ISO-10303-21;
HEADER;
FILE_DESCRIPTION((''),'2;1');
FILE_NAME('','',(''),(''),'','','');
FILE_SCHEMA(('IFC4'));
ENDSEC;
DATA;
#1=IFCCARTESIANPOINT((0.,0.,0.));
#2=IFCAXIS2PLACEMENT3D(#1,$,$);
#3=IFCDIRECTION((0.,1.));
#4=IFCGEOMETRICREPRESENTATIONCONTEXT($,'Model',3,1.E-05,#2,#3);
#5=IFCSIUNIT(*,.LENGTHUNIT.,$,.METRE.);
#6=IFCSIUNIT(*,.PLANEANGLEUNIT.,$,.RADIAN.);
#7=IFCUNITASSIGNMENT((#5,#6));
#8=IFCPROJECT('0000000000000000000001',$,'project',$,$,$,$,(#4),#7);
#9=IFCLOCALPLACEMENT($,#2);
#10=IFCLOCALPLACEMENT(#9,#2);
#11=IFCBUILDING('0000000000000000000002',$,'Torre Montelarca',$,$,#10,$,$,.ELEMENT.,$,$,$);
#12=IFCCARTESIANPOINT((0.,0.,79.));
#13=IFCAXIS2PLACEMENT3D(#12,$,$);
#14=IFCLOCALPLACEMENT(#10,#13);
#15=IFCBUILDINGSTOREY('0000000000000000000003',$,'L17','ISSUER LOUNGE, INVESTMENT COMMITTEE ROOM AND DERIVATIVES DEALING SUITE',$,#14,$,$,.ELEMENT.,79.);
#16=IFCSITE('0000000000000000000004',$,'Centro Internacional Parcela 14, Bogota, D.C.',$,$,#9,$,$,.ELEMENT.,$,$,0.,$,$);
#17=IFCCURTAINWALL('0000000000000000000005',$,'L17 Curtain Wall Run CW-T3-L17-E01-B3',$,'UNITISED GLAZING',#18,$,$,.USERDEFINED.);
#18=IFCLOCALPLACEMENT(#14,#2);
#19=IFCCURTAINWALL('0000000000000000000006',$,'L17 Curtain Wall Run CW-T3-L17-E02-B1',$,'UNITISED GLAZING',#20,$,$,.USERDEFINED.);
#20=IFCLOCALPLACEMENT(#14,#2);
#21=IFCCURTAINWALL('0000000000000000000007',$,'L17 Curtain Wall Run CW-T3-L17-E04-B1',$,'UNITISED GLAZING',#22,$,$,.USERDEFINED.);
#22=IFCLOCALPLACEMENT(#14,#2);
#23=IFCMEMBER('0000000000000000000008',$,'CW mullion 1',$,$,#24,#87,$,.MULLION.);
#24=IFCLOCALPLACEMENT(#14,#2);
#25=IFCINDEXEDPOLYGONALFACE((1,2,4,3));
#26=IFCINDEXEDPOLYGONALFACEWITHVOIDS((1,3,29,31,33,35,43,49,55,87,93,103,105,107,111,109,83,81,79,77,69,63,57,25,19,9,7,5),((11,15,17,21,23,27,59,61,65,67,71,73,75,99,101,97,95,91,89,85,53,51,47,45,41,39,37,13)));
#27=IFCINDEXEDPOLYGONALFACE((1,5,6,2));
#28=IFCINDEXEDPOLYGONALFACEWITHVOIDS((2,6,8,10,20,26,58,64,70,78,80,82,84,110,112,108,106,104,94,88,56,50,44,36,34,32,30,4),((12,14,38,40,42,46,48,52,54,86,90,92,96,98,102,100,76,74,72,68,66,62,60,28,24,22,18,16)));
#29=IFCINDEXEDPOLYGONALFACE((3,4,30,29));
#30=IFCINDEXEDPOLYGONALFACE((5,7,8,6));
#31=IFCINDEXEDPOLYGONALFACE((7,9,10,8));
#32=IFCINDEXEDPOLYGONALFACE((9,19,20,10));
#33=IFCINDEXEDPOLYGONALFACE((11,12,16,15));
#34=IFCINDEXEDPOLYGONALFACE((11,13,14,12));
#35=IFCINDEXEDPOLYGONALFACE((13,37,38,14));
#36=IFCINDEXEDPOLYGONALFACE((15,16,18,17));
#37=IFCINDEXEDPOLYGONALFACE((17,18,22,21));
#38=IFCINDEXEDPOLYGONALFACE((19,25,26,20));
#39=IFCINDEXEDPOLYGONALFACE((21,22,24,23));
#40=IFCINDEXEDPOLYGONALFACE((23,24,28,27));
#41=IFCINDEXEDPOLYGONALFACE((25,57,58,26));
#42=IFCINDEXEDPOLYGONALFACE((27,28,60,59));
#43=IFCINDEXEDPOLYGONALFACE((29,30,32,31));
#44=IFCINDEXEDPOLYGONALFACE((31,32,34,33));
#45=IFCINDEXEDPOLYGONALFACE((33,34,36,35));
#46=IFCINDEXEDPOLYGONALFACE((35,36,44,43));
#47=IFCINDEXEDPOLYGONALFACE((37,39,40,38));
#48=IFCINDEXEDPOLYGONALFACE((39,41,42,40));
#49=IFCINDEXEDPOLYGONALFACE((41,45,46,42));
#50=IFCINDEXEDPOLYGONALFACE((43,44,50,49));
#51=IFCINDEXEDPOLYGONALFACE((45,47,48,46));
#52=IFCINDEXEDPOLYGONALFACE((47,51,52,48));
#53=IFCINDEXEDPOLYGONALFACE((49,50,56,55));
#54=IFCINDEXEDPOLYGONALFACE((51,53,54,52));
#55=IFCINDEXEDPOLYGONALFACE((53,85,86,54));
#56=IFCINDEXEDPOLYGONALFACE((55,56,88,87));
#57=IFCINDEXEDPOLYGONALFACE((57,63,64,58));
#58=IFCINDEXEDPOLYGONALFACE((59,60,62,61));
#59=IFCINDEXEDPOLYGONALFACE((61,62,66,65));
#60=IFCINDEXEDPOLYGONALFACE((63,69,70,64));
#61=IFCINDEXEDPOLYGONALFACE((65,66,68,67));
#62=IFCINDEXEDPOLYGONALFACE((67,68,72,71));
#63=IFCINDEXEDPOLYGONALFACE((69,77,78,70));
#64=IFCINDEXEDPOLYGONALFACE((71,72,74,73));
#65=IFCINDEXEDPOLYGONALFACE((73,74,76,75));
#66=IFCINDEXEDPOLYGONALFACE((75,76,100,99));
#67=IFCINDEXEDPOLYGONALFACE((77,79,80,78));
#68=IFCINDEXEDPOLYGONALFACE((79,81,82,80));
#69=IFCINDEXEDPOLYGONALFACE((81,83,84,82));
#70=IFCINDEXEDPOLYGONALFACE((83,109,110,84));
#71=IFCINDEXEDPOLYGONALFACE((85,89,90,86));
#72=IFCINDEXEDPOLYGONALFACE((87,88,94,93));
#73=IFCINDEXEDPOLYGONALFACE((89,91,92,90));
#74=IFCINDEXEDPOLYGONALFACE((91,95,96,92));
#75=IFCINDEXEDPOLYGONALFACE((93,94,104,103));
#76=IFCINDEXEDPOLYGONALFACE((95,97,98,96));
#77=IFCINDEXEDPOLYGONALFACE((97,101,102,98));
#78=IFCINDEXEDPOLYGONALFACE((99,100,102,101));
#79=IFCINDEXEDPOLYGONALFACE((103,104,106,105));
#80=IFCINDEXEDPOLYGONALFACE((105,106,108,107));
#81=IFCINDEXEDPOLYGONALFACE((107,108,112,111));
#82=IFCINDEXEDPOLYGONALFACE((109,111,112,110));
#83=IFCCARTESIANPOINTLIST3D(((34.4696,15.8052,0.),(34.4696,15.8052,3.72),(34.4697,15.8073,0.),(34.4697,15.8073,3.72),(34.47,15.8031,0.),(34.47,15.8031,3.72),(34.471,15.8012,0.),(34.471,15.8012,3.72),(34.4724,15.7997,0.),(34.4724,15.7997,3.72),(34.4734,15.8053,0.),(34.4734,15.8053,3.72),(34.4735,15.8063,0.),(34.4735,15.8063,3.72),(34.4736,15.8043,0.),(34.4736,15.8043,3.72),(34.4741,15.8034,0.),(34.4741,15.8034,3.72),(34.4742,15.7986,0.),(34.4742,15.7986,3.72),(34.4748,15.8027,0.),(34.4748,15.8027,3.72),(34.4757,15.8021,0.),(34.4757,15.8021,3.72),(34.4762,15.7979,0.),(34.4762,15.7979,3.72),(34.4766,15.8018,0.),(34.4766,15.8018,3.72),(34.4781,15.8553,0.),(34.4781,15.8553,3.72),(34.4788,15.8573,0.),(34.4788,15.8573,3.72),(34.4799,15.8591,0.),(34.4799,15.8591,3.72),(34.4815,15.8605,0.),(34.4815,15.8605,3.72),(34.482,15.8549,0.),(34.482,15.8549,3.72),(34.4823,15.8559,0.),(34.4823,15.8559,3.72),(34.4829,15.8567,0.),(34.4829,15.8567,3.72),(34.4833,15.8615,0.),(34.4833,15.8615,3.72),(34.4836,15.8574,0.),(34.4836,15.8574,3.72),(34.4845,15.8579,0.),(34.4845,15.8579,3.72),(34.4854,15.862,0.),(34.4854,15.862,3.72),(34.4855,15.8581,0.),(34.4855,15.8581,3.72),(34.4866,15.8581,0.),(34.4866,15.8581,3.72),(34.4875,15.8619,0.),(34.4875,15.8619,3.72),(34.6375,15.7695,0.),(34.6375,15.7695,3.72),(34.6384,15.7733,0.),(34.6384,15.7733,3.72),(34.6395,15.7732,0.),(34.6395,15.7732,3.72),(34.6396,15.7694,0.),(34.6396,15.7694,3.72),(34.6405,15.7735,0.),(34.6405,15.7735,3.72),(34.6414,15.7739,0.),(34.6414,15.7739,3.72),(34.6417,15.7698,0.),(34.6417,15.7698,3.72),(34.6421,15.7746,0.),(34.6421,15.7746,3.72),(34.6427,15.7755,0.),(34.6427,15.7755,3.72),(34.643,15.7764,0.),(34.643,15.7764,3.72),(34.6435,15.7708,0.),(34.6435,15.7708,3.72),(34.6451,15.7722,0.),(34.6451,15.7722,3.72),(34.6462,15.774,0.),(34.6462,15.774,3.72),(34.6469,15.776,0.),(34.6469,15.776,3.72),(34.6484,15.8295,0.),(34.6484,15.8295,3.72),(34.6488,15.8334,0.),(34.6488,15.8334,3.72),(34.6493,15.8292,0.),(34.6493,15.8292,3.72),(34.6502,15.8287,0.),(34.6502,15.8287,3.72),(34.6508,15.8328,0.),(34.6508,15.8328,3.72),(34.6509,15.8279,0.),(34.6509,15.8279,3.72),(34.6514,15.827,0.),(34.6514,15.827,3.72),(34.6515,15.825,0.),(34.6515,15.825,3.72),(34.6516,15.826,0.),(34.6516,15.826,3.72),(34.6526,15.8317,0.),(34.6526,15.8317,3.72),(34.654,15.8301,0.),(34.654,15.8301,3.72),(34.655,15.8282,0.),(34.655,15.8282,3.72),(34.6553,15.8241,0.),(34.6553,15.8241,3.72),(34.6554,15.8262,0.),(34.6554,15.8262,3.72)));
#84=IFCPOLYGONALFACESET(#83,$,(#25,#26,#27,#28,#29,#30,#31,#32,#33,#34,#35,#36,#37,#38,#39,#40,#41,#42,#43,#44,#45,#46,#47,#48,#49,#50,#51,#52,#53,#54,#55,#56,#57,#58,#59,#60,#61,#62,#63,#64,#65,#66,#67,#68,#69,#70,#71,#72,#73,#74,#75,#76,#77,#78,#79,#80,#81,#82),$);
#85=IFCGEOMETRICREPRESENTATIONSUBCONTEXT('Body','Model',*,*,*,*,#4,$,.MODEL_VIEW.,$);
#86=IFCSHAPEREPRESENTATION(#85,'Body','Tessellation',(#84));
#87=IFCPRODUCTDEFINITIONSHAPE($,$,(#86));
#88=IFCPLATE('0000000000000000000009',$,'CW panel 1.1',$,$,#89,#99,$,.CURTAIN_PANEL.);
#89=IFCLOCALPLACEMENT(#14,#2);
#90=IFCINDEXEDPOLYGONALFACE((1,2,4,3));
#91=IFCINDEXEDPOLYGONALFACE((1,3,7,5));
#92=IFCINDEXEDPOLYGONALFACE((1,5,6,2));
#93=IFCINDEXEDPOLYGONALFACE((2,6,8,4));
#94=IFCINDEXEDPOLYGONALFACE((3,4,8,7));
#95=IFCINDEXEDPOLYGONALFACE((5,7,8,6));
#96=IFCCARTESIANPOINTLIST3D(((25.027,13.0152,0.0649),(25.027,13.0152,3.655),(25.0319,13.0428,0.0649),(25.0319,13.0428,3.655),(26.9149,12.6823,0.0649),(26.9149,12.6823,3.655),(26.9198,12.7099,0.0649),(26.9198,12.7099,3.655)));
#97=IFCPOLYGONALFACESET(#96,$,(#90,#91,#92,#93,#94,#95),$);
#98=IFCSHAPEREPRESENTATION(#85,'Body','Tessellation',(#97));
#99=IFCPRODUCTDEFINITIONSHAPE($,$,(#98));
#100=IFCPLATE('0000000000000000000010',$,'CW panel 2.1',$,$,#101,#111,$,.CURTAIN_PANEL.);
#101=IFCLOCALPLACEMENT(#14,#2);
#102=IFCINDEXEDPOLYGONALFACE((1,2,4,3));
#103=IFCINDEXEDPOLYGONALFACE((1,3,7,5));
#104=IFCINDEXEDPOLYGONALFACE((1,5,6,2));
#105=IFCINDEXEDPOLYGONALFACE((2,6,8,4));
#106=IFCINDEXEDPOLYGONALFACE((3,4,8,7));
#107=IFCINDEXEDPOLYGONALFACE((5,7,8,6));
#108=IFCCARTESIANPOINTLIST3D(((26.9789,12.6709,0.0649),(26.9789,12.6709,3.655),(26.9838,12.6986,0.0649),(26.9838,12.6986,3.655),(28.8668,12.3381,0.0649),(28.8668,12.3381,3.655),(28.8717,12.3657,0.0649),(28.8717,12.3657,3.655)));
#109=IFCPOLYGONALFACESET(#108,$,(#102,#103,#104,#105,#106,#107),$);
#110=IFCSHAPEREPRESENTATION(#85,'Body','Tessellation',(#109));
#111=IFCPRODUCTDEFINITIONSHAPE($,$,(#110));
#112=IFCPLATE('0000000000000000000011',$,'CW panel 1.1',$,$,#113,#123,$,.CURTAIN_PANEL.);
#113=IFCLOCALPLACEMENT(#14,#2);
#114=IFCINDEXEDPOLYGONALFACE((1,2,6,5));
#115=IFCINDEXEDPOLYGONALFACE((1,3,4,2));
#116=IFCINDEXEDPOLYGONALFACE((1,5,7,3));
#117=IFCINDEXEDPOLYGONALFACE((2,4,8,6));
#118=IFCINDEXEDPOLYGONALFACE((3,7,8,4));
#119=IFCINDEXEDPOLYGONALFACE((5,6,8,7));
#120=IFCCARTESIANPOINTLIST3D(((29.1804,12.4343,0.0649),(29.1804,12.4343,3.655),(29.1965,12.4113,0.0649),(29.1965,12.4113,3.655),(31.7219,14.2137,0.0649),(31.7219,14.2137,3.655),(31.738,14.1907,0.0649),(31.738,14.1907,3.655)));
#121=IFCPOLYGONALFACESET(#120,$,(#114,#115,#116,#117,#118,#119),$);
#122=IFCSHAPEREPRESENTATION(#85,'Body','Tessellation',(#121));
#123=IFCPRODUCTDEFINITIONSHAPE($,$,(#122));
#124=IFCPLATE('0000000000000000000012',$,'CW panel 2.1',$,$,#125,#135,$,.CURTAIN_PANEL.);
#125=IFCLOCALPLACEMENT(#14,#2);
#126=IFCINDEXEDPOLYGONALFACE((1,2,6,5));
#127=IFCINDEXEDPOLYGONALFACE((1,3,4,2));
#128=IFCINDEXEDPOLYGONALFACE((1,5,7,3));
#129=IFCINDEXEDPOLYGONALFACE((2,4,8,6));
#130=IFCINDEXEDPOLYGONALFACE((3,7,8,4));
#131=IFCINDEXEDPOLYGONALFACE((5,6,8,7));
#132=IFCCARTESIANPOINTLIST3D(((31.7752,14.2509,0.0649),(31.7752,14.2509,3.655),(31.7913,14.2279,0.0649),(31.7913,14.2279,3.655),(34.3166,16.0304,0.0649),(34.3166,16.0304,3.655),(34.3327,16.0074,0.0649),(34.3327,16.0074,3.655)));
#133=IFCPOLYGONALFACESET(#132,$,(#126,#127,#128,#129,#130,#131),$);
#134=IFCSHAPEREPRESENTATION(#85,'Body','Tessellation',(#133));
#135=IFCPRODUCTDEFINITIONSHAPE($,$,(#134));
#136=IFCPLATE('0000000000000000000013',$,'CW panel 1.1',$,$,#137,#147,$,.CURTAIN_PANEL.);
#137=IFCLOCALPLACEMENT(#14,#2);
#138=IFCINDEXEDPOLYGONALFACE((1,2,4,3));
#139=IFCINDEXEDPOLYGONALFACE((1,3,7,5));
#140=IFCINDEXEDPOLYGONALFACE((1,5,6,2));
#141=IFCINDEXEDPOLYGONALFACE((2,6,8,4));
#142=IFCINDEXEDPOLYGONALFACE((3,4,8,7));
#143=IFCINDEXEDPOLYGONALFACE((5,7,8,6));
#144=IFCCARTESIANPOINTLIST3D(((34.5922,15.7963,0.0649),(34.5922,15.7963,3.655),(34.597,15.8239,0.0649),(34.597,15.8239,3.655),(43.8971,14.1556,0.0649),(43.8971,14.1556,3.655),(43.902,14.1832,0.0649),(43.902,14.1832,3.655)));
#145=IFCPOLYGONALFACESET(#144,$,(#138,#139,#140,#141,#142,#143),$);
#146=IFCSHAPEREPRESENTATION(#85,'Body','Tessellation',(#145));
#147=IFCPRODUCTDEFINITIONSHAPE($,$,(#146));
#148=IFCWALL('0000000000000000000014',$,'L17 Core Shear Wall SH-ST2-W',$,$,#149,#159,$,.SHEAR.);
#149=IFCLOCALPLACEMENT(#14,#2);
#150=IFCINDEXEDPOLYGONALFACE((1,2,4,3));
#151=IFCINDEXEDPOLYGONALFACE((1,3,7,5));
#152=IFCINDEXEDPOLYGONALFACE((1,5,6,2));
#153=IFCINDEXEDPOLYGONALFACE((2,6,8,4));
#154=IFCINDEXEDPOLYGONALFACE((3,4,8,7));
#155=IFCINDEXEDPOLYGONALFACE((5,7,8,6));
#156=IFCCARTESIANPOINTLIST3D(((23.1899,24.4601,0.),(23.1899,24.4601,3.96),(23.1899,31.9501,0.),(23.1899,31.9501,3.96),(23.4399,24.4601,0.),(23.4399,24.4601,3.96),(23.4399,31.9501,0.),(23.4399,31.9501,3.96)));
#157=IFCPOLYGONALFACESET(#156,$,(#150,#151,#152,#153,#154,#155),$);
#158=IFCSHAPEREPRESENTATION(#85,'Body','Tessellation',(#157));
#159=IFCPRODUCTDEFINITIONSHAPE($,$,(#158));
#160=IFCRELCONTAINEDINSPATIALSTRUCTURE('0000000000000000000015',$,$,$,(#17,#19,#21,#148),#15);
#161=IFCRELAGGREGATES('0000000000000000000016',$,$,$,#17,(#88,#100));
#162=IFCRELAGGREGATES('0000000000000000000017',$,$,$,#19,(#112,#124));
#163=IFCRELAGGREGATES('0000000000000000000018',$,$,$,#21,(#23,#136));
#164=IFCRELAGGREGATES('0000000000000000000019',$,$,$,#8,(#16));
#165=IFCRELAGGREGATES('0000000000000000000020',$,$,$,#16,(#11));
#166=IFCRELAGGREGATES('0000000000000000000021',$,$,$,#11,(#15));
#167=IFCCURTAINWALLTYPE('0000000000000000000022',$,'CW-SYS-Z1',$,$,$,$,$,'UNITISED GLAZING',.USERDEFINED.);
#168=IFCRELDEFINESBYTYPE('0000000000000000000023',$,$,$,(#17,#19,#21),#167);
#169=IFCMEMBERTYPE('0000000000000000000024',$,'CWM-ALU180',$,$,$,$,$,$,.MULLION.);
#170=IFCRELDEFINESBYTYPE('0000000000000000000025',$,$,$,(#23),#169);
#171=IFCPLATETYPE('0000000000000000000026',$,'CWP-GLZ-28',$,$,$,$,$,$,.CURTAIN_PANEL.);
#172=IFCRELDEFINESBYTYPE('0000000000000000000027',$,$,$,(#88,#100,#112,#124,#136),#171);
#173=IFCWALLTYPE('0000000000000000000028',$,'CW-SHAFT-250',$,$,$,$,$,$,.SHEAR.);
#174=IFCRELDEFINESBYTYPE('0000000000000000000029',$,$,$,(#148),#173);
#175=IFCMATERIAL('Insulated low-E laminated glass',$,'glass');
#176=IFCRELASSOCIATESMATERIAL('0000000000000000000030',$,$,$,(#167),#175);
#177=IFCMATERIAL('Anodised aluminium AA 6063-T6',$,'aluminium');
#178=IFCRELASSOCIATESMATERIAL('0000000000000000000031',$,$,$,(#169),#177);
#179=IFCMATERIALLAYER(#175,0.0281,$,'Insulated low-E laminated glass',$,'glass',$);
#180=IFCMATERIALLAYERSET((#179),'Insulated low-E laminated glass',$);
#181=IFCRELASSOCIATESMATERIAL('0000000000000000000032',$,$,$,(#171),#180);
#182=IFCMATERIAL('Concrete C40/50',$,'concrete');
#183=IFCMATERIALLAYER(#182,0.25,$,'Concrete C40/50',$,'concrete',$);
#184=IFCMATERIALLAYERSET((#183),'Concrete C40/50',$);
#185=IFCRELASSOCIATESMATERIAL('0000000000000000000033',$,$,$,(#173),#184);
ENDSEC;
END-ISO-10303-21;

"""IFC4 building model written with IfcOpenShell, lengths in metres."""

from ifc_helpers import new_model, si_unit, direction, frame, frame_2d, origin, origin_2d, place, context, subcontext, project, spatial, rectangle, hollow_rectangle, extrude, source, transform, mapped, material, layer, layer_set, material_profile, profile_set, type_object, element, aggregate, save


model = new_model("IFC4")

# Units and contexts
model_context = context("Model", 3, precision=1e-05, world=origin(), true_north=direction((0.0, 1.0)))
body_context = subcontext(model_context, "Body", "Model", "MODEL_VIEW")
ifc_project = project(units=[si_unit("LENGTHUNIT", "METRE"), si_unit("PLANEANGLEUNIT", "RADIAN")], contexts=[model_context])

# Site, building, storey
site_placement = place(None, origin())
site = spatial("IfcSite", under=ifc_project, at=site_placement, Name="Centro Internacional Parcela 14, Bogota, D.C.", CompositionType="ELEMENT", RefElevation=0.0)
building_placement = place(site_placement, origin())
building = spatial("IfcBuilding", under=site, at=building_placement, Name="Torre Montelarca", CompositionType="ELEMENT")
storey_placement = place(building_placement, frame((0.0, 0.0, 79.0)))
storey = spatial("IfcBuildingStorey", under=building, at=storey_placement, Name="L17", Description="ISSUER LOUNGE, INVESTMENT COMMITTEE ROOM AND DERIVATIVES DEALING SUITE", CompositionType="ELEMENT", Elevation=79.0)

# Curtain walls
ifc_material_1 = material(Name="Insulated low-E laminated glass", Category="glass")
curtain_wall_type = type_object("IfcCurtainWallType", Name="CW-SYS-Z1", ElementType="UNITISED GLAZING", PredefinedType="USERDEFINED", material=ifc_material_1)
curtain_wall_1_placement = place(storey_placement, origin())
curtain_wall_1 = element("IfcCurtainWall", 1, at=curtain_wall_1_placement, inside=storey, type_object=curtain_wall_type, Name="L17 Curtain Wall Run CW-T3-L17-E01-B3", ObjectType="UNITISED GLAZING", PredefinedType="USERDEFINED")
ifc_material_2 = material(Name="Anodised aluminium AA 6063-T6", Category="aluminium")
curtain_wall_2_placement = place(storey_placement, origin())
curtain_wall_2 = element("IfcCurtainWall", 2, at=curtain_wall_2_placement, inside=storey, type_object=curtain_wall_type, Name="L17 Curtain Wall Run CW-T3-L17-E02-B1", ObjectType="UNITISED GLAZING", PredefinedType="USERDEFINED")
curtain_wall_3_placement = place(storey_placement, origin())
curtain_wall_3 = element("IfcCurtainWall", 3, at=curtain_wall_3_placement, inside=storey, type_object=curtain_wall_type, Name="L17 Curtain Wall Run CW-T3-L17-E04-B1", ObjectType="UNITISED GLAZING", PredefinedType="USERDEFINED")

# Member
ifc_material_profile_1 = material_profile(ifc_material_2, hollow_rectangle(XDim=0.0649, YDim=0.1799, WallThickness=0.0039, InnerFilletRadius=0.0039, OuterFilletRadius=0.0081, at=origin_2d()), Name="ALU65X180X4", Category="aluminium")
ifc_profile_set_1 = profile_set([ifc_material_profile_1], Name="Anodised aluminium AA 6063-T6")
member_type_1 = type_object("IfcMemberType", Name="CWM-ALU180", PredefinedType="MULLION", material=ifc_profile_set_1)
shared_shape_1 = source(origin(), body_context, "Body", "SweptSolid", [
    extrude(hollow_rectangle(XDim=0.0649, YDim=0.1799, WallThickness=0.0039, InnerFilletRadius=0.0039, OuterFilletRadius=0.0081, at=origin_2d()), origin(), (0.0, 0.0, 1.0), 3.72),
])
member_1_placement = place(storey_placement, frame((34.5625, 15.8157, 0.0), z_axis=(0.0, 0.0, 1.0), x_axis=(0.173643, 0.984809, 0.0)))
member_1 = element("IfcMember", 4, at=member_1_placement, type_object=member_type_1, Name="CW mullion 1", PredefinedType="MULLION", context=body_context, shape_type="MappedRepresentation", body=[
    mapped(shared_shape_1, transform((0.0, 0.0, 0.0), scale=1.0)),
])

# Plates
ifc_layer_1 = layer(ifc_material_1, 0.0281, Name="Insulated low-E laminated glass", Category="glass")
ifc_layer_set_1 = layer_set([ifc_layer_1], Name="Insulated low-E laminated glass")
plate_type = type_object("IfcPlateType", Name="CWP-GLZ-28", PredefinedType="CURTAIN_PANEL", material=ifc_layer_set_1)
shared_shape_2 = source(origin(), body_context, "Body", "SweptSolid", [
    extrude(rectangle(XDim=1.917, YDim=0.0281, at=origin_2d()), origin(), (0.0, 0.0, 1.0), 3.5901),
])
plate_1_placement = place(storey_placement, frame((25.9734, 12.8625, 0.0649), z_axis=(0.0, 0.0, 1.0), x_axis=(0.98481, -0.173637, 0.0)))
plate_1 = element("IfcPlate", 5, at=plate_1_placement, type_object=plate_type, Name="CW panel 1.1", PredefinedType="CURTAIN_PANEL", context=body_context, shape_type="MappedRepresentation", body=[
    mapped(shared_shape_2, transform((0.0, 0.0, 0.0), scale=1.0)),
])
plate_2_placement = place(storey_placement, frame((27.9253, 12.5183, 0.0649), z_axis=(0.0, 0.0, 1.0), x_axis=(0.98481, -0.173637, 0.0)))
plate_2 = element("IfcPlate", 6, at=plate_2_placement, type_object=plate_type, Name="CW panel 2.1", PredefinedType="CURTAIN_PANEL", context=body_context, shape_type="MappedRepresentation", body=[
    mapped(shared_shape_2, transform((0.0, 0.0, 0.0), scale=1.0)),
])
aggregate(curtain_wall_1, [plate_1, plate_2])
shared_shape_3 = source(origin(), body_context, "Body", "SweptSolid", [
    extrude(rectangle(XDim=3.1025, YDim=0.0281, at=origin_2d()), origin(), (0.0, 0.0, 1.0), 3.5901),
])
plate_3_placement = place(storey_placement, frame((30.4592, 13.3125, 0.0649), z_axis=(0.0, 0.0, 1.0), x_axis=(0.819163, 0.573561, 0.0)))
plate_3 = element("IfcPlate", 7, at=plate_3_placement, type_object=plate_type, Name="CW panel 1.1", PredefinedType="CURTAIN_PANEL", context=body_context, shape_type="MappedRepresentation", body=[
    mapped(shared_shape_3, transform((0.0, 0.0, 0.0), scale=1.0)),
])
plate_4_placement = place(storey_placement, frame((33.054, 15.1292, 0.0649), z_axis=(0.0, 0.0, 1.0), x_axis=(0.819163, 0.573561, 0.0)))
plate_4 = element("IfcPlate", 8, at=plate_4_placement, type_object=plate_type, Name="CW panel 2.1", PredefinedType="CURTAIN_PANEL", context=body_context, shape_type="MappedRepresentation", body=[
    mapped(shared_shape_3, transform((0.0, 0.0, 0.0), scale=1.0)),
])
aggregate(curtain_wall_2, [plate_3, plate_4])
shared_shape_4 = source(origin(), body_context, "Body", "SweptSolid", [
    extrude(rectangle(XDim=9.4485, YDim=0.0281, at=origin_2d()), origin(), (0.0, 0.0, 1.0), 3.5901),
])
plate_5_placement = place(storey_placement, frame((39.2471, 14.9897, 0.0649), z_axis=(0.0, 0.0, 1.0), x_axis=(0.984809, -0.173643, 0.0)))
plate_5 = element("IfcPlate", 9, at=plate_5_placement, type_object=plate_type, Name="CW panel 1.1", PredefinedType="CURTAIN_PANEL", context=body_context, shape_type="MappedRepresentation", body=[
    mapped(shared_shape_4, transform((0.0, 0.0, 0.0), scale=1.0)),
])
aggregate(curtain_wall_3, [member_1, plate_5])

# Wall
ifc_material_3 = material(Name="Concrete C40/50", Category="concrete")
ifc_layer_2 = layer(ifc_material_3, 0.25, Name="Concrete C40/50", Category="concrete")
ifc_layer_set_2 = layer_set([ifc_layer_2], Name="Concrete C40/50")
wall_type_1 = type_object("IfcWallType", Name="CW-SHAFT-250", PredefinedType="SHEAR", material=ifc_layer_set_2)
wall_1_placement = place(storey_placement, frame((23.3149, 24.46, 0.0), z_axis=(0.0, 0.0, 1.0), x_axis=(0.0, 1.0, 0.0)))
element("IfcWall", 10, at=wall_1_placement, inside=storey, type_object=wall_type_1, Name="L17 Core Shear Wall SH-ST2-W", PredefinedType="SHEAR", context=body_context, shape_type="SweptSolid", body=[
    extrude(rectangle(XDim=7.49, YDim=0.25, at=frame_2d((3.7451, 0.0))), origin(), (0.0, 0.0, 1.0), 3.96),
])

save(model, "model.ifc")
